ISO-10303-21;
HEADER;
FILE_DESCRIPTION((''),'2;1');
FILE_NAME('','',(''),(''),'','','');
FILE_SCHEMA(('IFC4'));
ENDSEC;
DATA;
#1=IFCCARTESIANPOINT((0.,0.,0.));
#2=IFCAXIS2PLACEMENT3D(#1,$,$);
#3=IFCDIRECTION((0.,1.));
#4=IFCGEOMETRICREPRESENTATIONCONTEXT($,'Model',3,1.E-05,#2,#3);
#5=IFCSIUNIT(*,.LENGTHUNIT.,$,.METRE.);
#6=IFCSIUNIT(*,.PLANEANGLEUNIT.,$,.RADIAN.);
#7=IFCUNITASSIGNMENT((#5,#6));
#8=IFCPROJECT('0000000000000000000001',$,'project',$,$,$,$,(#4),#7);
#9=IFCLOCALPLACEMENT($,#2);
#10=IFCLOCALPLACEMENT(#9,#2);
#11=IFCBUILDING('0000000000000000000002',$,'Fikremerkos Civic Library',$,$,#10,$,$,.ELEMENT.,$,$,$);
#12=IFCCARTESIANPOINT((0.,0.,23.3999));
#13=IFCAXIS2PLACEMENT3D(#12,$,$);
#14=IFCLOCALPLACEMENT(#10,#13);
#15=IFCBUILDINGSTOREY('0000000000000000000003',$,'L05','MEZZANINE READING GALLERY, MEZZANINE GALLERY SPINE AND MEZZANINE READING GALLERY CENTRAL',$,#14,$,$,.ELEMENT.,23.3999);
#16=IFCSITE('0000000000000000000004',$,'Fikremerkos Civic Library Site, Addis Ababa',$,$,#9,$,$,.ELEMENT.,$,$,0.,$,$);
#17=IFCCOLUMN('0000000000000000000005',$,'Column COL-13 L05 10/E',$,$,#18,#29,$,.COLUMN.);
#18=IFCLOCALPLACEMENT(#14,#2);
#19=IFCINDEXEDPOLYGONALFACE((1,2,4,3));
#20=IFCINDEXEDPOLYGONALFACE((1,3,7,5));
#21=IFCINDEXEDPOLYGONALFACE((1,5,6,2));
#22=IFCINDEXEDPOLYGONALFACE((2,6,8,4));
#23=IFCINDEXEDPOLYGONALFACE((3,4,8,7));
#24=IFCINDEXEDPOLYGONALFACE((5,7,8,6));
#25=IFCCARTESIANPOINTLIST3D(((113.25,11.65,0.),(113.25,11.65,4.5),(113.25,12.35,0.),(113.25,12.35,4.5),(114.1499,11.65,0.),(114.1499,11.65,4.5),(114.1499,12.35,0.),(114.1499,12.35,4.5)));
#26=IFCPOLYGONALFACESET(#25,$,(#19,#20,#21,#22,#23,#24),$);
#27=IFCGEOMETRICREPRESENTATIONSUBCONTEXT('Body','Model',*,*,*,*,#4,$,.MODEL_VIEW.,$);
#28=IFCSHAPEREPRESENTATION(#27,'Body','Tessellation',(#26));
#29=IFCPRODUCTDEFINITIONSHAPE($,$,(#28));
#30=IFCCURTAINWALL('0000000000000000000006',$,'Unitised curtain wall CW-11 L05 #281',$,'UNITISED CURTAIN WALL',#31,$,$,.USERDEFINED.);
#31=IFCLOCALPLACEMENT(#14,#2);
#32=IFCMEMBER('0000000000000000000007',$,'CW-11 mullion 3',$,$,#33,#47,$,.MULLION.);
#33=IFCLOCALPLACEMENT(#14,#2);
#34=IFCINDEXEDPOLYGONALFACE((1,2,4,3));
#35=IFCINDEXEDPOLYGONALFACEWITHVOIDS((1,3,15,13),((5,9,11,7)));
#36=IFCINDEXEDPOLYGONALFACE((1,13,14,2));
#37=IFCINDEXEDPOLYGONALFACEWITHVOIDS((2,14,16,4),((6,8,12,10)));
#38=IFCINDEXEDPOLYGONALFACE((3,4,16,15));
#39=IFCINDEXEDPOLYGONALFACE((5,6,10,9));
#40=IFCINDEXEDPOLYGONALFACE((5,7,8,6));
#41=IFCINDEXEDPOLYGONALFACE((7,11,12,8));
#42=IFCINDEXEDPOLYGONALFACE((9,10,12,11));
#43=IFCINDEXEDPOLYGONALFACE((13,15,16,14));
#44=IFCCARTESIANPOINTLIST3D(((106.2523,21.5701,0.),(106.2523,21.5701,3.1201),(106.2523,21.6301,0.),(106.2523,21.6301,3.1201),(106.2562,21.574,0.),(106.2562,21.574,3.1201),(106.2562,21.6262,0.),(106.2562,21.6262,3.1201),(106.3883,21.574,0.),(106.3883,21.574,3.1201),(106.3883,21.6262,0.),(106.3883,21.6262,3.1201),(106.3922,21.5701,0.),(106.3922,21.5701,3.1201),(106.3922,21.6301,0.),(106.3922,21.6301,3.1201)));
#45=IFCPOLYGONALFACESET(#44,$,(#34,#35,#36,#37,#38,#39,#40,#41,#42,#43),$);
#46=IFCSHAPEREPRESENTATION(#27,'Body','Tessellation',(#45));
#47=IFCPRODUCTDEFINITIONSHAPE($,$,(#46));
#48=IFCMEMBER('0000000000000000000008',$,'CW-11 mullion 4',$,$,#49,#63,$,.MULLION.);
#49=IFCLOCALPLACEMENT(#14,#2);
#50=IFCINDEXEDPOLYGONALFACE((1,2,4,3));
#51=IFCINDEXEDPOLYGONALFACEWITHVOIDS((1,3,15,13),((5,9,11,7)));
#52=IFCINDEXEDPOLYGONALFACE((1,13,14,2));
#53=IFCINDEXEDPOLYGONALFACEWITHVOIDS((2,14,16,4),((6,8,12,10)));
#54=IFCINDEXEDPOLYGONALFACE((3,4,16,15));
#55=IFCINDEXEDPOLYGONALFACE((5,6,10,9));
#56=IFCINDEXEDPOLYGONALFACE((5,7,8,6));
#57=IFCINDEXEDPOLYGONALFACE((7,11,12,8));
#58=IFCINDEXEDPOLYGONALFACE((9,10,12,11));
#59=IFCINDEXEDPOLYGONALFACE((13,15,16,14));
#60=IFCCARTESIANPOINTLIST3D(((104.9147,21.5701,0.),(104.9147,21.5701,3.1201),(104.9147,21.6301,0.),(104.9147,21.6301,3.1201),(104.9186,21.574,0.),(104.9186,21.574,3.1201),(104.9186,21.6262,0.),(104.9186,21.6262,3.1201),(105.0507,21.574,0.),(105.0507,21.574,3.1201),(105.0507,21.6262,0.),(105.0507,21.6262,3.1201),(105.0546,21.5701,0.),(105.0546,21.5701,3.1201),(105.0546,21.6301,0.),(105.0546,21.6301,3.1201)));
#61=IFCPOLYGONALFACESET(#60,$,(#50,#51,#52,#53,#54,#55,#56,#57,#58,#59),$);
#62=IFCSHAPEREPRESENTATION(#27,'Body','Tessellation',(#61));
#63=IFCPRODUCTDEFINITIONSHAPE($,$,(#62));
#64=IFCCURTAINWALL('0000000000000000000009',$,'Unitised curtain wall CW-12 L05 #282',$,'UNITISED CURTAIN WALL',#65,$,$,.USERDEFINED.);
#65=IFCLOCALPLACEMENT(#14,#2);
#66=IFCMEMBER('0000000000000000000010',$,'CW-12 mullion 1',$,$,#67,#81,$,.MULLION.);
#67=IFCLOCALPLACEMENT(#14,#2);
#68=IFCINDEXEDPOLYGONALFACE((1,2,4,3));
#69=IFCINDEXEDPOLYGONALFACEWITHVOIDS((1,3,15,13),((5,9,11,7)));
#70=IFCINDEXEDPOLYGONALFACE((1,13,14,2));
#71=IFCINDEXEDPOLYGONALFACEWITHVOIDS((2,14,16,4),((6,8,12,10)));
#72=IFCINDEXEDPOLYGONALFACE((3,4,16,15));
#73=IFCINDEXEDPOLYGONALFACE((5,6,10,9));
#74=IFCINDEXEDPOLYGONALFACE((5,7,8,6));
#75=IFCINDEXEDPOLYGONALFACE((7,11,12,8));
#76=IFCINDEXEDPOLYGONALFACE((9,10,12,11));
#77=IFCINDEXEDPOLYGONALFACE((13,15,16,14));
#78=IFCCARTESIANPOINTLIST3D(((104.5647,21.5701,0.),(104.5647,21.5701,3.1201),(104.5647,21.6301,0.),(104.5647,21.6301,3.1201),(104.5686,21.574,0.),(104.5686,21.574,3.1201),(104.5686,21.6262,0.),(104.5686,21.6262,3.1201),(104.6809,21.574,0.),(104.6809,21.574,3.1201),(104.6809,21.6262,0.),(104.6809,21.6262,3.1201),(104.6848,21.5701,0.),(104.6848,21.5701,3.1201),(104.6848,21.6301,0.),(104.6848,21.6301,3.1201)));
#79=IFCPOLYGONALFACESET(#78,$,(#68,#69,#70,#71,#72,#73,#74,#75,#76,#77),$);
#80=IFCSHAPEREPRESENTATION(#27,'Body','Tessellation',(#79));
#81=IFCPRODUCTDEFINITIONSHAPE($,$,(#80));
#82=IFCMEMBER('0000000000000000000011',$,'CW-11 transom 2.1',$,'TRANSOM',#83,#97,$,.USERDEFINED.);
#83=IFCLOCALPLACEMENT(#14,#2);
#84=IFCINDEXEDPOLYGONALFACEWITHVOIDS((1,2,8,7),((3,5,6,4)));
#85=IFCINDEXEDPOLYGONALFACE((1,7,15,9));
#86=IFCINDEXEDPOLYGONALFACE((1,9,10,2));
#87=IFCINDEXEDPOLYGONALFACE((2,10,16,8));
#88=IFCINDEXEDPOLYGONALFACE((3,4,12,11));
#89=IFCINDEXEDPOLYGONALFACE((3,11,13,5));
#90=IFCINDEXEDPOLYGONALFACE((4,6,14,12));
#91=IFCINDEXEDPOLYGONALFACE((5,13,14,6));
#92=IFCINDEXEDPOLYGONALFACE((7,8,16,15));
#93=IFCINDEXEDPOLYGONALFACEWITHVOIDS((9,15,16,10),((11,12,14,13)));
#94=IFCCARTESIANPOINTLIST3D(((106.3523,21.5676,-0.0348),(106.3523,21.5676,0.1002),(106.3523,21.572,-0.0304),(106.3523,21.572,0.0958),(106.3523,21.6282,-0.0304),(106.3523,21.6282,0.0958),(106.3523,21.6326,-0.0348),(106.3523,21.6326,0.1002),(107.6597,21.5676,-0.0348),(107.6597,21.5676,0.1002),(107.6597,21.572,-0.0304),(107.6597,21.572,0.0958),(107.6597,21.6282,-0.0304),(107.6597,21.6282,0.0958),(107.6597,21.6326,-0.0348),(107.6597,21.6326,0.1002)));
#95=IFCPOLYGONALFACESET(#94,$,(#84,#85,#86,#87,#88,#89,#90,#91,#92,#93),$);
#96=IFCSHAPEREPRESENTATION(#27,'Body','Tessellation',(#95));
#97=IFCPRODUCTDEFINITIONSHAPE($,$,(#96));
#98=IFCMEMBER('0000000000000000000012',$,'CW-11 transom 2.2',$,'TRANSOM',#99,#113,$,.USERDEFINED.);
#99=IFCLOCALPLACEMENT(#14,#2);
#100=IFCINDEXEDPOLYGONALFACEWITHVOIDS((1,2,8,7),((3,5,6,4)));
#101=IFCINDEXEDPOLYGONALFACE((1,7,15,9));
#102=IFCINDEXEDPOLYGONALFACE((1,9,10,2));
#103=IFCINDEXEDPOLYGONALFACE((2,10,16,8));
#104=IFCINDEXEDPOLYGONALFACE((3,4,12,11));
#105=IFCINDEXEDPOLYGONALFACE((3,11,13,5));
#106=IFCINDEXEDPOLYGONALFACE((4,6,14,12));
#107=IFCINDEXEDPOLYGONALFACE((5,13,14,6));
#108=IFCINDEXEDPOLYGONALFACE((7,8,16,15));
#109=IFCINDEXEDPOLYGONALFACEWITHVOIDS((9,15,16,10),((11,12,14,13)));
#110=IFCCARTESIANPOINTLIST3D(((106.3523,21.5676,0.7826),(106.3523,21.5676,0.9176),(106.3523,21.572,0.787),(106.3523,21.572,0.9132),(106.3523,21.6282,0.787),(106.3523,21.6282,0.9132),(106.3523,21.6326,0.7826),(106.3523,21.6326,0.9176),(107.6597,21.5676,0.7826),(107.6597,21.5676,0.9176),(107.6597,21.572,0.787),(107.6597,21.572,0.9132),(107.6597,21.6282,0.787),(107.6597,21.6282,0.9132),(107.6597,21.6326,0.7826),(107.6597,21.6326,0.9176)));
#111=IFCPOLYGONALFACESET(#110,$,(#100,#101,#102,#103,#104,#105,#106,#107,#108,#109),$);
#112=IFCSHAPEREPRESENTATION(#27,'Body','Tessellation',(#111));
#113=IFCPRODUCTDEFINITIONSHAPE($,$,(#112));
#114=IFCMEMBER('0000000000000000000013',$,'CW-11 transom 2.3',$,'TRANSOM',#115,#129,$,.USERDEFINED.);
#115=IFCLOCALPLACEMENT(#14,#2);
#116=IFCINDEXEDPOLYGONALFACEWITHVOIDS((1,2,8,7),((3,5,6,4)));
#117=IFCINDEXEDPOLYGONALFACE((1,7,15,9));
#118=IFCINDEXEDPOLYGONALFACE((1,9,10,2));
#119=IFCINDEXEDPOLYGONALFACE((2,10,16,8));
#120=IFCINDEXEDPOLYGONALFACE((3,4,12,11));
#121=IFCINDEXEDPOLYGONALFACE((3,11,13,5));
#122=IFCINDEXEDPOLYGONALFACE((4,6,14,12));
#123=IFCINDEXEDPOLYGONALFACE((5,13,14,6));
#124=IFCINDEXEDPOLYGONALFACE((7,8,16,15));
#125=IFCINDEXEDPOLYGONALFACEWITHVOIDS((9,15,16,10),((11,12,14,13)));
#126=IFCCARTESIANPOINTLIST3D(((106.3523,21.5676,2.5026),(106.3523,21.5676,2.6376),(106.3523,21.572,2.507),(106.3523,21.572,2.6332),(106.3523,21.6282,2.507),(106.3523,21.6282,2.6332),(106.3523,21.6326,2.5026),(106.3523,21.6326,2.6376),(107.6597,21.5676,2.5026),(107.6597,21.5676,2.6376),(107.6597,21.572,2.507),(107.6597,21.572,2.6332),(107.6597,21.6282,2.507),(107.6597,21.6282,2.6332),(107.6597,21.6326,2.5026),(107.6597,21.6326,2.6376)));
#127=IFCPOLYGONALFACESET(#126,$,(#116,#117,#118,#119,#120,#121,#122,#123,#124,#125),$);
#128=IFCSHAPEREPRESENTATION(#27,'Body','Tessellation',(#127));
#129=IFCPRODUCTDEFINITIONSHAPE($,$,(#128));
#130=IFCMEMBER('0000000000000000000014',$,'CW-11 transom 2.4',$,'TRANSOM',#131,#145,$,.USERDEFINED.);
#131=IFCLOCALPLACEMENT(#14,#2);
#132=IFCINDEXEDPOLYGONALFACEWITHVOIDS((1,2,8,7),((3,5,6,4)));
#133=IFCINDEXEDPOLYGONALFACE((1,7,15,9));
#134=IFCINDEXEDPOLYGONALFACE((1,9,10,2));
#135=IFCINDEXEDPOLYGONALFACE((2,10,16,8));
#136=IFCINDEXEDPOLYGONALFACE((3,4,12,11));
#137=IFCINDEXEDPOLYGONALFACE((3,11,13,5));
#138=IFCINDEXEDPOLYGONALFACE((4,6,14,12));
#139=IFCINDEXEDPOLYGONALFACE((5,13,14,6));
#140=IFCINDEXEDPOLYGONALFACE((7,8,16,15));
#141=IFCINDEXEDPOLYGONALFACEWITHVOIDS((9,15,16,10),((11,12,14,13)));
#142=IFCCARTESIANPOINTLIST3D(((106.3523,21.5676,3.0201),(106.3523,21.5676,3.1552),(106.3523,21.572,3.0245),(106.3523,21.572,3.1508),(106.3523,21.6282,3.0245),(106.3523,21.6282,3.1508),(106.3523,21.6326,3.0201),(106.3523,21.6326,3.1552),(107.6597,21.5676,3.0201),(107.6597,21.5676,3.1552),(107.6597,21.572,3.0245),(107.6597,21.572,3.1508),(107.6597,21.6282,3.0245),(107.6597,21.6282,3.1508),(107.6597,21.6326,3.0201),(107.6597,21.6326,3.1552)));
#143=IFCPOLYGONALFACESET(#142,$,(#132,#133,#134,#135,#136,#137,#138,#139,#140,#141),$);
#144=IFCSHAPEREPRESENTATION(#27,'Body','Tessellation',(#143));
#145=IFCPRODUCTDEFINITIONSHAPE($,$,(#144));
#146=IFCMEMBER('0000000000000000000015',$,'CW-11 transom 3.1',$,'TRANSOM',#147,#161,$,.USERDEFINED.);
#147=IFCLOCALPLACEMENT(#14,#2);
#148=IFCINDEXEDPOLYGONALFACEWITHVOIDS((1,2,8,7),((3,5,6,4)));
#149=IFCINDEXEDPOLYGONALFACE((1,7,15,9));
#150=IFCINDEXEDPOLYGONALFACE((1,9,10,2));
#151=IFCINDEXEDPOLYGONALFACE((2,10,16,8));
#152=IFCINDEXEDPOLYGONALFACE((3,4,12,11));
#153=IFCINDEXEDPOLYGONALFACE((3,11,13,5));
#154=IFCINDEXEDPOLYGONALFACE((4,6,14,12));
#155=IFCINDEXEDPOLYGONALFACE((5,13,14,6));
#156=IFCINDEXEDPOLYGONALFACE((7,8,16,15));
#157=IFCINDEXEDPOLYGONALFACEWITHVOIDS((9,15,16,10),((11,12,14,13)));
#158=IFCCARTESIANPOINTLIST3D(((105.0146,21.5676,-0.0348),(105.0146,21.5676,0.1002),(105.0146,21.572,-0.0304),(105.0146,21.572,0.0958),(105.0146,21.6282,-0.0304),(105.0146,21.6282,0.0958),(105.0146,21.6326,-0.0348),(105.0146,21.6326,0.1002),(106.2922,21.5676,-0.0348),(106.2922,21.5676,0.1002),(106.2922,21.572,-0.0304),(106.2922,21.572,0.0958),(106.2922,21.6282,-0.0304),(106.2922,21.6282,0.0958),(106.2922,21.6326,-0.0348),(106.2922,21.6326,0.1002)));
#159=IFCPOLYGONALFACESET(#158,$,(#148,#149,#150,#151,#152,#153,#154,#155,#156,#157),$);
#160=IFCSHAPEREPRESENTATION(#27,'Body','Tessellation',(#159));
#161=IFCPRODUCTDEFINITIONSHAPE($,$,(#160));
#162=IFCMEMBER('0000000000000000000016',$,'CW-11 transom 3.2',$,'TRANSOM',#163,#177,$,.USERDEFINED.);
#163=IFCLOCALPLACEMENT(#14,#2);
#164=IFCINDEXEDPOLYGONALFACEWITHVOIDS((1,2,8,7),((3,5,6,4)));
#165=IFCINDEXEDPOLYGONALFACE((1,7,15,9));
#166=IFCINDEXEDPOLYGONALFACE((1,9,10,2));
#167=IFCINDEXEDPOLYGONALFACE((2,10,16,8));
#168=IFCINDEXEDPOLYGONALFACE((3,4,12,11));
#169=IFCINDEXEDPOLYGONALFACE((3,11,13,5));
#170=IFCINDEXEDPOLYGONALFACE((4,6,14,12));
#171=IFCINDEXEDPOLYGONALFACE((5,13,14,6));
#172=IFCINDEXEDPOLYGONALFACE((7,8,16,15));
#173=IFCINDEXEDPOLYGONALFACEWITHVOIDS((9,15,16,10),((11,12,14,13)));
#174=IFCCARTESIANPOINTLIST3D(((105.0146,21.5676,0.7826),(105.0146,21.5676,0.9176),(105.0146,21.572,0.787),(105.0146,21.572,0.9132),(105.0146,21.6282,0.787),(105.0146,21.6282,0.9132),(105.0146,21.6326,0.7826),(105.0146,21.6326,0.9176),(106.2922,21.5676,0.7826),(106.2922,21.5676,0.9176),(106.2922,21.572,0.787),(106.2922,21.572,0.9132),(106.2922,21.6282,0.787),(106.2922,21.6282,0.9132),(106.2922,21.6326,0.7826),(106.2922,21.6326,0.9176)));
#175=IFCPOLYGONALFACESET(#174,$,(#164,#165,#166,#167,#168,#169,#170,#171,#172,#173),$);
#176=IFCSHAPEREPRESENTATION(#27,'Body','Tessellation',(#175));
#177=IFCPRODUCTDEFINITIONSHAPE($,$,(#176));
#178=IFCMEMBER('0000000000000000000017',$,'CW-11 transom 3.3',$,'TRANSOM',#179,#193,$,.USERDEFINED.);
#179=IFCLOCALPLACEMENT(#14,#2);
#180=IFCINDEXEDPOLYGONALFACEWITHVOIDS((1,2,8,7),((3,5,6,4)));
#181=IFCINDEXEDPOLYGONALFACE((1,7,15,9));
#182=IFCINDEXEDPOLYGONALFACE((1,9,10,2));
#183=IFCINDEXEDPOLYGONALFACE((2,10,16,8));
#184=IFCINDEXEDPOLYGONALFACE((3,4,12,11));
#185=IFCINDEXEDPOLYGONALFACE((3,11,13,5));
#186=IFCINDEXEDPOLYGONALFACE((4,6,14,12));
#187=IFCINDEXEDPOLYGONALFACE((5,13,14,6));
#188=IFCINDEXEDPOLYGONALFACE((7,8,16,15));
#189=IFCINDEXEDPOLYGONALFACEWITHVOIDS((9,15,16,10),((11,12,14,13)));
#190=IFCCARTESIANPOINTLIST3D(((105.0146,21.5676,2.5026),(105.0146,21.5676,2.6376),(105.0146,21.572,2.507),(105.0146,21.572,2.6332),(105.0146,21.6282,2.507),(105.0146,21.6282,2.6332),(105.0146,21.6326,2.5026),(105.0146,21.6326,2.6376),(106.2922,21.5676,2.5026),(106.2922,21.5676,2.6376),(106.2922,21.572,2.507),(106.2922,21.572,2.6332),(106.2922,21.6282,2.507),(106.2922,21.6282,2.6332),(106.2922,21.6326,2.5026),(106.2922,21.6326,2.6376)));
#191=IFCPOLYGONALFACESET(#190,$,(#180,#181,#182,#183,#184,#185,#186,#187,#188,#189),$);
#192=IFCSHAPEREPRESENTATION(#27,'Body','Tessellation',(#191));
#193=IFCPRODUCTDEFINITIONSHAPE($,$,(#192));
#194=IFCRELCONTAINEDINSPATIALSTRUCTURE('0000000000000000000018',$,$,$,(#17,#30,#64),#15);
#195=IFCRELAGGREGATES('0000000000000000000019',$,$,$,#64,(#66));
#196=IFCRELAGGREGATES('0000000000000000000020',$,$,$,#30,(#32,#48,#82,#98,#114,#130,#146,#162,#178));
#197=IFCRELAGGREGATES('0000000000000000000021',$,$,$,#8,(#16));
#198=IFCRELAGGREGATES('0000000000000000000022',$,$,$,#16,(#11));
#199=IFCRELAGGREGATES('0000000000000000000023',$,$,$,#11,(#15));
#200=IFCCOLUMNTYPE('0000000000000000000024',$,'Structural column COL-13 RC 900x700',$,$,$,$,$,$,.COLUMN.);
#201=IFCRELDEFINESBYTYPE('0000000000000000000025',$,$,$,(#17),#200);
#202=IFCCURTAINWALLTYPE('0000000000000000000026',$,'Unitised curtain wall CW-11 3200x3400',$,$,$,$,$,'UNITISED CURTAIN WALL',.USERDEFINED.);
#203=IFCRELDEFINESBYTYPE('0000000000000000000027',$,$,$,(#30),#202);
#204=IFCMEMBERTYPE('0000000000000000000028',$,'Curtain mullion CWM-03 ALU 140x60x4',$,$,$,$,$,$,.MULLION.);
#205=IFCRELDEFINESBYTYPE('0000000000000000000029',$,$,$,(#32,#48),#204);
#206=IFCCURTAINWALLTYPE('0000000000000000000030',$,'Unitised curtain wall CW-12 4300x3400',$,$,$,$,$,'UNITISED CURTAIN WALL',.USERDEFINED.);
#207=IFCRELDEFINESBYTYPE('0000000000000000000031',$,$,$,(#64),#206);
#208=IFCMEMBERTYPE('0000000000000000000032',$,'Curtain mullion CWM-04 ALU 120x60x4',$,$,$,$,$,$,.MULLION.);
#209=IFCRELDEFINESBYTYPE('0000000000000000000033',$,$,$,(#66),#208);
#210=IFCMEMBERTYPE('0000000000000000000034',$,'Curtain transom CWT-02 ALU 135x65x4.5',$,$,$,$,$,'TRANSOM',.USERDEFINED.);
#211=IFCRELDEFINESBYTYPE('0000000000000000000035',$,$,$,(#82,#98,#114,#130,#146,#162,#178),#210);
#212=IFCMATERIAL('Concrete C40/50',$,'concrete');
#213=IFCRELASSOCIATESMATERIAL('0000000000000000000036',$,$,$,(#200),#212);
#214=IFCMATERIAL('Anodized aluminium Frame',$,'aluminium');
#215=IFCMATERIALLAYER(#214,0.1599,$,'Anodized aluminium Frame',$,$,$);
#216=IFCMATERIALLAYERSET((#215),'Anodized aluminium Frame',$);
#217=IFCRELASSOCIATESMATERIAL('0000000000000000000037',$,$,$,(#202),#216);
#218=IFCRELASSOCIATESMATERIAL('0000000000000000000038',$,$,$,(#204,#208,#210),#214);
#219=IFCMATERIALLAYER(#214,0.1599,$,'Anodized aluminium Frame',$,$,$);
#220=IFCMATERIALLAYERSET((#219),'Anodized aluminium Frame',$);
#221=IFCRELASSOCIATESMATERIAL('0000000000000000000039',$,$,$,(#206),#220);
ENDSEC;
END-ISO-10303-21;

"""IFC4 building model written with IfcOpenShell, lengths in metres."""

from ifc_helpers import new_model, si_unit, direction, frame, origin, origin_2d, place, context, subcontext, project, spatial, rectangle, hollow_rectangle, extrude, material, layer, layer_set, material_profile, profile_set, type_object, element, aggregate, save


model = new_model("IFC4")

# Units and contexts
model_context = context("Model", 3, precision=1e-05, world=origin(), true_north=direction((0.0, 1.0)))
body_context = subcontext(model_context, "Body", "Model", "MODEL_VIEW")
ifc_project = project(units=[si_unit("LENGTHUNIT", "METRE"), si_unit("PLANEANGLEUNIT", "RADIAN")], contexts=[model_context])

# Site, building, storey
site_placement = place(None, origin())
site = spatial("IfcSite", under=ifc_project, at=site_placement, Name="Fikremerkos Civic Library Site, Addis Ababa", CompositionType="ELEMENT", RefElevation=0.0)
building_placement = place(site_placement, origin())
building = spatial("IfcBuilding", under=site, at=building_placement, Name="Fikremerkos Civic Library", CompositionType="ELEMENT")
storey_placement = place(building_placement, frame((0.0, 0.0, 23.3999)))
storey = spatial("IfcBuildingStorey", under=building, at=storey_placement, Name="L05", Description="MEZZANINE READING GALLERY, MEZZANINE GALLERY SPINE AND MEZZANINE READING GALLERY CENTRAL", CompositionType="ELEMENT", Elevation=23.3999)

# Column
ifc_material_1 = material(Name="Concrete C40/50", Category="concrete")
ifc_material_profile_1 = material_profile(ifc_material_1, rectangle(XDim=0.8999, YDim=0.7, at=origin_2d()), Name="RC 900x700")
ifc_profile_set_1 = profile_set([ifc_material_profile_1], Name="Concrete C40/50")
column_type = type_object("IfcColumnType", Name="Structural column COL-13 RC 900x700", PredefinedType="COLUMN", material=ifc_profile_set_1)
column_placement = place(storey_placement, frame((113.7, 12.0, 0.0), z_axis=(0.0, 0.0, 1.0), x_axis=(1.0, 0.0, 0.0)))
element("IfcColumn", 1, at=column_placement, inside=storey, type_object=column_type, Name="Column COL-13 L05 10/E", PredefinedType="COLUMN", context=body_context, shape_type="SweptSolid", body=[
    extrude(rectangle(XDim=0.8999, YDim=0.7, at=origin_2d()), origin(), (0.0, 0.0, 1.0), 4.5),
])

# Curtain wall, members
ifc_material_2 = material(Name="Anodized aluminium Frame", Category="aluminium")
ifc_layer_1 = layer(ifc_material_2, 0.1599, Name="Anodized aluminium Frame")
ifc_layer_set_1 = layer_set([ifc_layer_1], Name="Anodized aluminium Frame")
curtain_wall_type_1 = type_object("IfcCurtainWallType", Name="Unitised curtain wall CW-11 3200x3400", ElementType="UNITISED CURTAIN WALL", PredefinedType="USERDEFINED", material=ifc_layer_set_1)
curtain_wall_1_placement = place(storey_placement, origin())
curtain_wall_1 = element("IfcCurtainWall", 2, at=curtain_wall_1_placement, inside=storey, type_object=curtain_wall_type_1, Name="Unitised curtain wall CW-11 L05 #281", ObjectType="UNITISED CURTAIN WALL", PredefinedType="USERDEFINED")
ifc_material_profile_2 = material_profile(ifc_material_2, hollow_rectangle(XDim=0.0601, YDim=0.1399, WallThickness=0.0039, at=origin_2d()), Name="ALU 140x60x4")
ifc_profile_set_2 = profile_set([ifc_material_profile_2], Name="Anodized aluminium Frame")
member_type_1 = type_object("IfcMemberType", Name="Curtain mullion CWM-03 ALU 140x60x4", PredefinedType="MULLION", material=ifc_profile_set_2)
member_1_placement = place(storey_placement, frame((106.3223, 21.6001, 0.0), z_axis=(0.0, 0.0, 1.0), x_axis=(0.0, -1.0, 0.0)))
member_1 = element("IfcMember", 3, at=member_1_placement, type_object=member_type_1, Name="CW-11 mullion 3", PredefinedType="MULLION", context=body_context, shape_type="SweptSolid", body=[
    extrude(hollow_rectangle(XDim=0.0601, YDim=0.1399, WallThickness=0.0039, at=origin_2d()), origin(), (0.0, 0.0, 1.0), 3.1201),
])
member_2_placement = place(storey_placement, frame((104.9846, 21.6001, 0.0), z_axis=(0.0, 0.0, 1.0), x_axis=(0.0, -1.0, 0.0)))
member_2 = element("IfcMember", 4, at=member_2_placement, type_object=member_type_1, Name="CW-11 mullion 4", PredefinedType="MULLION", context=body_context, shape_type="SweptSolid", body=[
    extrude(hollow_rectangle(XDim=0.0601, YDim=0.1399, WallThickness=0.0039, at=origin_2d()), origin(), (0.0, 0.0, 1.0), 3.1201),
])

# Curtain wall, member
ifc_layer_2 = layer(ifc_material_2, 0.1599, Name="Anodized aluminium Frame")
ifc_layer_set_2 = layer_set([ifc_layer_2], Name="Anodized aluminium Frame")
curtain_wall_type_2 = type_object("IfcCurtainWallType", Name="Unitised curtain wall CW-12 4300x3400", ElementType="UNITISED CURTAIN WALL", PredefinedType="USERDEFINED", material=ifc_layer_set_2)
curtain_wall_2_placement = place(storey_placement, origin())
curtain_wall_2 = element("IfcCurtainWall", 5, at=curtain_wall_2_placement, inside=storey, type_object=curtain_wall_type_2, Name="Unitised curtain wall CW-12 L05 #282", ObjectType="UNITISED CURTAIN WALL", PredefinedType="USERDEFINED")
ifc_material_profile_3 = material_profile(ifc_material_2, hollow_rectangle(XDim=0.0601, YDim=0.1201, WallThickness=0.0039, at=origin_2d()), Name="ALU 120x60x4")
ifc_profile_set_3 = profile_set([ifc_material_profile_3], Name="Anodized aluminium Frame")
member_type_2 = type_object("IfcMemberType", Name="Curtain mullion CWM-04 ALU 120x60x4", PredefinedType="MULLION", material=ifc_profile_set_3)
member_3_placement = place(storey_placement, frame((104.6248, 21.6001, 0.0), z_axis=(0.0, 0.0, 1.0), x_axis=(0.0, -1.0, 0.0)))
member_3 = element("IfcMember", 6, at=member_3_placement, type_object=member_type_2, Name="CW-12 mullion 1", PredefinedType="MULLION", context=body_context, shape_type="SweptSolid", body=[
    extrude(hollow_rectangle(XDim=0.0601, YDim=0.1201, WallThickness=0.0039, at=origin_2d()), origin(), (0.0, 0.0, 1.0), 3.1201),
])

# Members
ifc_material_profile_4 = material_profile(ifc_material_2, hollow_rectangle(XDim=0.0649, YDim=0.135, WallThickness=0.0044, at=origin_2d()), Name="ALU 135x65x4.5")
ifc_profile_set_4 = profile_set([ifc_material_profile_4], Name="Anodized aluminium Frame")
member_type_3 = type_object("IfcMemberType", Name="Curtain transom CWT-02 ALU 135x65x4.5", ElementType="TRANSOM", PredefinedType="USERDEFINED", material=ifc_profile_set_4)
member_4_placement = place(storey_placement, frame((107.6597, 21.6001, 0.0327), z_axis=(-1.0, 0.0, 0.0), x_axis=(0.0, -1.0, 0.0)))
member_4 = element("IfcMember", 7, at=member_4_placement, type_object=member_type_3, Name="CW-11 transom 2.1", ObjectType="TRANSOM", PredefinedType="USERDEFINED", context=body_context, shape_type="SweptSolid", body=[
    extrude(hollow_rectangle(XDim=0.0649, YDim=0.135, WallThickness=0.0044, at=origin_2d()), origin(), (0.0, 0.0, 1.0), 1.3074),
])
member_5_placement = place(storey_placement, frame((107.6597, 21.6001, 0.8501), z_axis=(-1.0, 0.0, 0.0), x_axis=(0.0, -1.0, 0.0)))
member_5 = element("IfcMember", 8, at=member_5_placement, type_object=member_type_3, Name="CW-11 transom 2.2", ObjectType="TRANSOM", PredefinedType="USERDEFINED", context=body_context, shape_type="SweptSolid", body=[
    extrude(hollow_rectangle(XDim=0.0649, YDim=0.135, WallThickness=0.0044, at=origin_2d()), origin(), (0.0, 0.0, 1.0), 1.3074),
])
member_6_placement = place(storey_placement, frame((107.6597, 21.6001, 2.5701), z_axis=(-1.0, 0.0, 0.0), x_axis=(0.0, -1.0, 0.0)))
member_6 = element("IfcMember", 9, at=member_6_placement, type_object=member_type_3, Name="CW-11 transom 2.3", ObjectType="TRANSOM", PredefinedType="USERDEFINED", context=body_context, shape_type="SweptSolid", body=[
    extrude(hollow_rectangle(XDim=0.0649, YDim=0.135, WallThickness=0.0044, at=origin_2d()), origin(), (0.0, 0.0, 1.0), 1.3074),
])
member_7_placement = place(storey_placement, frame((107.6597, 21.6001, 3.0876), z_axis=(-1.0, 0.0, 0.0), x_axis=(0.0, -1.0, 0.0)))
member_7 = element("IfcMember", 10, at=member_7_placement, type_object=member_type_3, Name="CW-11 transom 2.4", ObjectType="TRANSOM", PredefinedType="USERDEFINED", context=body_context, shape_type="SweptSolid", body=[
    extrude(hollow_rectangle(XDim=0.0649, YDim=0.135, WallThickness=0.0044, at=origin_2d()), origin(), (0.0, 0.0, 1.0), 1.3074),
])
member_8_placement = place(storey_placement, frame((106.2922, 21.6001, 0.0327), z_axis=(-1.0, 0.0, 0.0), x_axis=(0.0, -1.0, 0.0)))
member_8 = element("IfcMember", 11, at=member_8_placement, type_object=member_type_3, Name="CW-11 transom 3.1", ObjectType="TRANSOM", PredefinedType="USERDEFINED", context=body_context, shape_type="SweptSolid", body=[
    extrude(hollow_rectangle(XDim=0.0649, YDim=0.135, WallThickness=0.0044, at=origin_2d()), origin(), (0.0, 0.0, 1.0), 1.2776),
])
member_9_placement = place(storey_placement, frame((106.2922, 21.6001, 0.8501), z_axis=(-1.0, 0.0, 0.0), x_axis=(0.0, -1.0, 0.0)))
member_9 = element("IfcMember", 12, at=member_9_placement, type_object=member_type_3, Name="CW-11 transom 3.2", ObjectType="TRANSOM", PredefinedType="USERDEFINED", context=body_context, shape_type="SweptSolid", body=[
    extrude(hollow_rectangle(XDim=0.0649, YDim=0.135, WallThickness=0.0044, at=origin_2d()), origin(), (0.0, 0.0, 1.0), 1.2776),
])
member_10_placement = place(storey_placement, frame((106.2922, 21.6001, 2.5701), z_axis=(-1.0, 0.0, 0.0), x_axis=(0.0, -1.0, 0.0)))
member_10 = element("IfcMember", 13, at=member_10_placement, type_object=member_type_3, Name="CW-11 transom 3.3", ObjectType="TRANSOM", PredefinedType="USERDEFINED", context=body_context, shape_type="SweptSolid", body=[
    extrude(hollow_rectangle(XDim=0.0649, YDim=0.135, WallThickness=0.0044, at=origin_2d()), origin(), (0.0, 0.0, 1.0), 1.2776),
])
aggregate(curtain_wall_2, [member_3])

aggregate(curtain_wall_1, [member_1, member_2, member_4, member_5, member_6, member_7, member_8, member_9, member_10])

save(model, "model.ifc")
